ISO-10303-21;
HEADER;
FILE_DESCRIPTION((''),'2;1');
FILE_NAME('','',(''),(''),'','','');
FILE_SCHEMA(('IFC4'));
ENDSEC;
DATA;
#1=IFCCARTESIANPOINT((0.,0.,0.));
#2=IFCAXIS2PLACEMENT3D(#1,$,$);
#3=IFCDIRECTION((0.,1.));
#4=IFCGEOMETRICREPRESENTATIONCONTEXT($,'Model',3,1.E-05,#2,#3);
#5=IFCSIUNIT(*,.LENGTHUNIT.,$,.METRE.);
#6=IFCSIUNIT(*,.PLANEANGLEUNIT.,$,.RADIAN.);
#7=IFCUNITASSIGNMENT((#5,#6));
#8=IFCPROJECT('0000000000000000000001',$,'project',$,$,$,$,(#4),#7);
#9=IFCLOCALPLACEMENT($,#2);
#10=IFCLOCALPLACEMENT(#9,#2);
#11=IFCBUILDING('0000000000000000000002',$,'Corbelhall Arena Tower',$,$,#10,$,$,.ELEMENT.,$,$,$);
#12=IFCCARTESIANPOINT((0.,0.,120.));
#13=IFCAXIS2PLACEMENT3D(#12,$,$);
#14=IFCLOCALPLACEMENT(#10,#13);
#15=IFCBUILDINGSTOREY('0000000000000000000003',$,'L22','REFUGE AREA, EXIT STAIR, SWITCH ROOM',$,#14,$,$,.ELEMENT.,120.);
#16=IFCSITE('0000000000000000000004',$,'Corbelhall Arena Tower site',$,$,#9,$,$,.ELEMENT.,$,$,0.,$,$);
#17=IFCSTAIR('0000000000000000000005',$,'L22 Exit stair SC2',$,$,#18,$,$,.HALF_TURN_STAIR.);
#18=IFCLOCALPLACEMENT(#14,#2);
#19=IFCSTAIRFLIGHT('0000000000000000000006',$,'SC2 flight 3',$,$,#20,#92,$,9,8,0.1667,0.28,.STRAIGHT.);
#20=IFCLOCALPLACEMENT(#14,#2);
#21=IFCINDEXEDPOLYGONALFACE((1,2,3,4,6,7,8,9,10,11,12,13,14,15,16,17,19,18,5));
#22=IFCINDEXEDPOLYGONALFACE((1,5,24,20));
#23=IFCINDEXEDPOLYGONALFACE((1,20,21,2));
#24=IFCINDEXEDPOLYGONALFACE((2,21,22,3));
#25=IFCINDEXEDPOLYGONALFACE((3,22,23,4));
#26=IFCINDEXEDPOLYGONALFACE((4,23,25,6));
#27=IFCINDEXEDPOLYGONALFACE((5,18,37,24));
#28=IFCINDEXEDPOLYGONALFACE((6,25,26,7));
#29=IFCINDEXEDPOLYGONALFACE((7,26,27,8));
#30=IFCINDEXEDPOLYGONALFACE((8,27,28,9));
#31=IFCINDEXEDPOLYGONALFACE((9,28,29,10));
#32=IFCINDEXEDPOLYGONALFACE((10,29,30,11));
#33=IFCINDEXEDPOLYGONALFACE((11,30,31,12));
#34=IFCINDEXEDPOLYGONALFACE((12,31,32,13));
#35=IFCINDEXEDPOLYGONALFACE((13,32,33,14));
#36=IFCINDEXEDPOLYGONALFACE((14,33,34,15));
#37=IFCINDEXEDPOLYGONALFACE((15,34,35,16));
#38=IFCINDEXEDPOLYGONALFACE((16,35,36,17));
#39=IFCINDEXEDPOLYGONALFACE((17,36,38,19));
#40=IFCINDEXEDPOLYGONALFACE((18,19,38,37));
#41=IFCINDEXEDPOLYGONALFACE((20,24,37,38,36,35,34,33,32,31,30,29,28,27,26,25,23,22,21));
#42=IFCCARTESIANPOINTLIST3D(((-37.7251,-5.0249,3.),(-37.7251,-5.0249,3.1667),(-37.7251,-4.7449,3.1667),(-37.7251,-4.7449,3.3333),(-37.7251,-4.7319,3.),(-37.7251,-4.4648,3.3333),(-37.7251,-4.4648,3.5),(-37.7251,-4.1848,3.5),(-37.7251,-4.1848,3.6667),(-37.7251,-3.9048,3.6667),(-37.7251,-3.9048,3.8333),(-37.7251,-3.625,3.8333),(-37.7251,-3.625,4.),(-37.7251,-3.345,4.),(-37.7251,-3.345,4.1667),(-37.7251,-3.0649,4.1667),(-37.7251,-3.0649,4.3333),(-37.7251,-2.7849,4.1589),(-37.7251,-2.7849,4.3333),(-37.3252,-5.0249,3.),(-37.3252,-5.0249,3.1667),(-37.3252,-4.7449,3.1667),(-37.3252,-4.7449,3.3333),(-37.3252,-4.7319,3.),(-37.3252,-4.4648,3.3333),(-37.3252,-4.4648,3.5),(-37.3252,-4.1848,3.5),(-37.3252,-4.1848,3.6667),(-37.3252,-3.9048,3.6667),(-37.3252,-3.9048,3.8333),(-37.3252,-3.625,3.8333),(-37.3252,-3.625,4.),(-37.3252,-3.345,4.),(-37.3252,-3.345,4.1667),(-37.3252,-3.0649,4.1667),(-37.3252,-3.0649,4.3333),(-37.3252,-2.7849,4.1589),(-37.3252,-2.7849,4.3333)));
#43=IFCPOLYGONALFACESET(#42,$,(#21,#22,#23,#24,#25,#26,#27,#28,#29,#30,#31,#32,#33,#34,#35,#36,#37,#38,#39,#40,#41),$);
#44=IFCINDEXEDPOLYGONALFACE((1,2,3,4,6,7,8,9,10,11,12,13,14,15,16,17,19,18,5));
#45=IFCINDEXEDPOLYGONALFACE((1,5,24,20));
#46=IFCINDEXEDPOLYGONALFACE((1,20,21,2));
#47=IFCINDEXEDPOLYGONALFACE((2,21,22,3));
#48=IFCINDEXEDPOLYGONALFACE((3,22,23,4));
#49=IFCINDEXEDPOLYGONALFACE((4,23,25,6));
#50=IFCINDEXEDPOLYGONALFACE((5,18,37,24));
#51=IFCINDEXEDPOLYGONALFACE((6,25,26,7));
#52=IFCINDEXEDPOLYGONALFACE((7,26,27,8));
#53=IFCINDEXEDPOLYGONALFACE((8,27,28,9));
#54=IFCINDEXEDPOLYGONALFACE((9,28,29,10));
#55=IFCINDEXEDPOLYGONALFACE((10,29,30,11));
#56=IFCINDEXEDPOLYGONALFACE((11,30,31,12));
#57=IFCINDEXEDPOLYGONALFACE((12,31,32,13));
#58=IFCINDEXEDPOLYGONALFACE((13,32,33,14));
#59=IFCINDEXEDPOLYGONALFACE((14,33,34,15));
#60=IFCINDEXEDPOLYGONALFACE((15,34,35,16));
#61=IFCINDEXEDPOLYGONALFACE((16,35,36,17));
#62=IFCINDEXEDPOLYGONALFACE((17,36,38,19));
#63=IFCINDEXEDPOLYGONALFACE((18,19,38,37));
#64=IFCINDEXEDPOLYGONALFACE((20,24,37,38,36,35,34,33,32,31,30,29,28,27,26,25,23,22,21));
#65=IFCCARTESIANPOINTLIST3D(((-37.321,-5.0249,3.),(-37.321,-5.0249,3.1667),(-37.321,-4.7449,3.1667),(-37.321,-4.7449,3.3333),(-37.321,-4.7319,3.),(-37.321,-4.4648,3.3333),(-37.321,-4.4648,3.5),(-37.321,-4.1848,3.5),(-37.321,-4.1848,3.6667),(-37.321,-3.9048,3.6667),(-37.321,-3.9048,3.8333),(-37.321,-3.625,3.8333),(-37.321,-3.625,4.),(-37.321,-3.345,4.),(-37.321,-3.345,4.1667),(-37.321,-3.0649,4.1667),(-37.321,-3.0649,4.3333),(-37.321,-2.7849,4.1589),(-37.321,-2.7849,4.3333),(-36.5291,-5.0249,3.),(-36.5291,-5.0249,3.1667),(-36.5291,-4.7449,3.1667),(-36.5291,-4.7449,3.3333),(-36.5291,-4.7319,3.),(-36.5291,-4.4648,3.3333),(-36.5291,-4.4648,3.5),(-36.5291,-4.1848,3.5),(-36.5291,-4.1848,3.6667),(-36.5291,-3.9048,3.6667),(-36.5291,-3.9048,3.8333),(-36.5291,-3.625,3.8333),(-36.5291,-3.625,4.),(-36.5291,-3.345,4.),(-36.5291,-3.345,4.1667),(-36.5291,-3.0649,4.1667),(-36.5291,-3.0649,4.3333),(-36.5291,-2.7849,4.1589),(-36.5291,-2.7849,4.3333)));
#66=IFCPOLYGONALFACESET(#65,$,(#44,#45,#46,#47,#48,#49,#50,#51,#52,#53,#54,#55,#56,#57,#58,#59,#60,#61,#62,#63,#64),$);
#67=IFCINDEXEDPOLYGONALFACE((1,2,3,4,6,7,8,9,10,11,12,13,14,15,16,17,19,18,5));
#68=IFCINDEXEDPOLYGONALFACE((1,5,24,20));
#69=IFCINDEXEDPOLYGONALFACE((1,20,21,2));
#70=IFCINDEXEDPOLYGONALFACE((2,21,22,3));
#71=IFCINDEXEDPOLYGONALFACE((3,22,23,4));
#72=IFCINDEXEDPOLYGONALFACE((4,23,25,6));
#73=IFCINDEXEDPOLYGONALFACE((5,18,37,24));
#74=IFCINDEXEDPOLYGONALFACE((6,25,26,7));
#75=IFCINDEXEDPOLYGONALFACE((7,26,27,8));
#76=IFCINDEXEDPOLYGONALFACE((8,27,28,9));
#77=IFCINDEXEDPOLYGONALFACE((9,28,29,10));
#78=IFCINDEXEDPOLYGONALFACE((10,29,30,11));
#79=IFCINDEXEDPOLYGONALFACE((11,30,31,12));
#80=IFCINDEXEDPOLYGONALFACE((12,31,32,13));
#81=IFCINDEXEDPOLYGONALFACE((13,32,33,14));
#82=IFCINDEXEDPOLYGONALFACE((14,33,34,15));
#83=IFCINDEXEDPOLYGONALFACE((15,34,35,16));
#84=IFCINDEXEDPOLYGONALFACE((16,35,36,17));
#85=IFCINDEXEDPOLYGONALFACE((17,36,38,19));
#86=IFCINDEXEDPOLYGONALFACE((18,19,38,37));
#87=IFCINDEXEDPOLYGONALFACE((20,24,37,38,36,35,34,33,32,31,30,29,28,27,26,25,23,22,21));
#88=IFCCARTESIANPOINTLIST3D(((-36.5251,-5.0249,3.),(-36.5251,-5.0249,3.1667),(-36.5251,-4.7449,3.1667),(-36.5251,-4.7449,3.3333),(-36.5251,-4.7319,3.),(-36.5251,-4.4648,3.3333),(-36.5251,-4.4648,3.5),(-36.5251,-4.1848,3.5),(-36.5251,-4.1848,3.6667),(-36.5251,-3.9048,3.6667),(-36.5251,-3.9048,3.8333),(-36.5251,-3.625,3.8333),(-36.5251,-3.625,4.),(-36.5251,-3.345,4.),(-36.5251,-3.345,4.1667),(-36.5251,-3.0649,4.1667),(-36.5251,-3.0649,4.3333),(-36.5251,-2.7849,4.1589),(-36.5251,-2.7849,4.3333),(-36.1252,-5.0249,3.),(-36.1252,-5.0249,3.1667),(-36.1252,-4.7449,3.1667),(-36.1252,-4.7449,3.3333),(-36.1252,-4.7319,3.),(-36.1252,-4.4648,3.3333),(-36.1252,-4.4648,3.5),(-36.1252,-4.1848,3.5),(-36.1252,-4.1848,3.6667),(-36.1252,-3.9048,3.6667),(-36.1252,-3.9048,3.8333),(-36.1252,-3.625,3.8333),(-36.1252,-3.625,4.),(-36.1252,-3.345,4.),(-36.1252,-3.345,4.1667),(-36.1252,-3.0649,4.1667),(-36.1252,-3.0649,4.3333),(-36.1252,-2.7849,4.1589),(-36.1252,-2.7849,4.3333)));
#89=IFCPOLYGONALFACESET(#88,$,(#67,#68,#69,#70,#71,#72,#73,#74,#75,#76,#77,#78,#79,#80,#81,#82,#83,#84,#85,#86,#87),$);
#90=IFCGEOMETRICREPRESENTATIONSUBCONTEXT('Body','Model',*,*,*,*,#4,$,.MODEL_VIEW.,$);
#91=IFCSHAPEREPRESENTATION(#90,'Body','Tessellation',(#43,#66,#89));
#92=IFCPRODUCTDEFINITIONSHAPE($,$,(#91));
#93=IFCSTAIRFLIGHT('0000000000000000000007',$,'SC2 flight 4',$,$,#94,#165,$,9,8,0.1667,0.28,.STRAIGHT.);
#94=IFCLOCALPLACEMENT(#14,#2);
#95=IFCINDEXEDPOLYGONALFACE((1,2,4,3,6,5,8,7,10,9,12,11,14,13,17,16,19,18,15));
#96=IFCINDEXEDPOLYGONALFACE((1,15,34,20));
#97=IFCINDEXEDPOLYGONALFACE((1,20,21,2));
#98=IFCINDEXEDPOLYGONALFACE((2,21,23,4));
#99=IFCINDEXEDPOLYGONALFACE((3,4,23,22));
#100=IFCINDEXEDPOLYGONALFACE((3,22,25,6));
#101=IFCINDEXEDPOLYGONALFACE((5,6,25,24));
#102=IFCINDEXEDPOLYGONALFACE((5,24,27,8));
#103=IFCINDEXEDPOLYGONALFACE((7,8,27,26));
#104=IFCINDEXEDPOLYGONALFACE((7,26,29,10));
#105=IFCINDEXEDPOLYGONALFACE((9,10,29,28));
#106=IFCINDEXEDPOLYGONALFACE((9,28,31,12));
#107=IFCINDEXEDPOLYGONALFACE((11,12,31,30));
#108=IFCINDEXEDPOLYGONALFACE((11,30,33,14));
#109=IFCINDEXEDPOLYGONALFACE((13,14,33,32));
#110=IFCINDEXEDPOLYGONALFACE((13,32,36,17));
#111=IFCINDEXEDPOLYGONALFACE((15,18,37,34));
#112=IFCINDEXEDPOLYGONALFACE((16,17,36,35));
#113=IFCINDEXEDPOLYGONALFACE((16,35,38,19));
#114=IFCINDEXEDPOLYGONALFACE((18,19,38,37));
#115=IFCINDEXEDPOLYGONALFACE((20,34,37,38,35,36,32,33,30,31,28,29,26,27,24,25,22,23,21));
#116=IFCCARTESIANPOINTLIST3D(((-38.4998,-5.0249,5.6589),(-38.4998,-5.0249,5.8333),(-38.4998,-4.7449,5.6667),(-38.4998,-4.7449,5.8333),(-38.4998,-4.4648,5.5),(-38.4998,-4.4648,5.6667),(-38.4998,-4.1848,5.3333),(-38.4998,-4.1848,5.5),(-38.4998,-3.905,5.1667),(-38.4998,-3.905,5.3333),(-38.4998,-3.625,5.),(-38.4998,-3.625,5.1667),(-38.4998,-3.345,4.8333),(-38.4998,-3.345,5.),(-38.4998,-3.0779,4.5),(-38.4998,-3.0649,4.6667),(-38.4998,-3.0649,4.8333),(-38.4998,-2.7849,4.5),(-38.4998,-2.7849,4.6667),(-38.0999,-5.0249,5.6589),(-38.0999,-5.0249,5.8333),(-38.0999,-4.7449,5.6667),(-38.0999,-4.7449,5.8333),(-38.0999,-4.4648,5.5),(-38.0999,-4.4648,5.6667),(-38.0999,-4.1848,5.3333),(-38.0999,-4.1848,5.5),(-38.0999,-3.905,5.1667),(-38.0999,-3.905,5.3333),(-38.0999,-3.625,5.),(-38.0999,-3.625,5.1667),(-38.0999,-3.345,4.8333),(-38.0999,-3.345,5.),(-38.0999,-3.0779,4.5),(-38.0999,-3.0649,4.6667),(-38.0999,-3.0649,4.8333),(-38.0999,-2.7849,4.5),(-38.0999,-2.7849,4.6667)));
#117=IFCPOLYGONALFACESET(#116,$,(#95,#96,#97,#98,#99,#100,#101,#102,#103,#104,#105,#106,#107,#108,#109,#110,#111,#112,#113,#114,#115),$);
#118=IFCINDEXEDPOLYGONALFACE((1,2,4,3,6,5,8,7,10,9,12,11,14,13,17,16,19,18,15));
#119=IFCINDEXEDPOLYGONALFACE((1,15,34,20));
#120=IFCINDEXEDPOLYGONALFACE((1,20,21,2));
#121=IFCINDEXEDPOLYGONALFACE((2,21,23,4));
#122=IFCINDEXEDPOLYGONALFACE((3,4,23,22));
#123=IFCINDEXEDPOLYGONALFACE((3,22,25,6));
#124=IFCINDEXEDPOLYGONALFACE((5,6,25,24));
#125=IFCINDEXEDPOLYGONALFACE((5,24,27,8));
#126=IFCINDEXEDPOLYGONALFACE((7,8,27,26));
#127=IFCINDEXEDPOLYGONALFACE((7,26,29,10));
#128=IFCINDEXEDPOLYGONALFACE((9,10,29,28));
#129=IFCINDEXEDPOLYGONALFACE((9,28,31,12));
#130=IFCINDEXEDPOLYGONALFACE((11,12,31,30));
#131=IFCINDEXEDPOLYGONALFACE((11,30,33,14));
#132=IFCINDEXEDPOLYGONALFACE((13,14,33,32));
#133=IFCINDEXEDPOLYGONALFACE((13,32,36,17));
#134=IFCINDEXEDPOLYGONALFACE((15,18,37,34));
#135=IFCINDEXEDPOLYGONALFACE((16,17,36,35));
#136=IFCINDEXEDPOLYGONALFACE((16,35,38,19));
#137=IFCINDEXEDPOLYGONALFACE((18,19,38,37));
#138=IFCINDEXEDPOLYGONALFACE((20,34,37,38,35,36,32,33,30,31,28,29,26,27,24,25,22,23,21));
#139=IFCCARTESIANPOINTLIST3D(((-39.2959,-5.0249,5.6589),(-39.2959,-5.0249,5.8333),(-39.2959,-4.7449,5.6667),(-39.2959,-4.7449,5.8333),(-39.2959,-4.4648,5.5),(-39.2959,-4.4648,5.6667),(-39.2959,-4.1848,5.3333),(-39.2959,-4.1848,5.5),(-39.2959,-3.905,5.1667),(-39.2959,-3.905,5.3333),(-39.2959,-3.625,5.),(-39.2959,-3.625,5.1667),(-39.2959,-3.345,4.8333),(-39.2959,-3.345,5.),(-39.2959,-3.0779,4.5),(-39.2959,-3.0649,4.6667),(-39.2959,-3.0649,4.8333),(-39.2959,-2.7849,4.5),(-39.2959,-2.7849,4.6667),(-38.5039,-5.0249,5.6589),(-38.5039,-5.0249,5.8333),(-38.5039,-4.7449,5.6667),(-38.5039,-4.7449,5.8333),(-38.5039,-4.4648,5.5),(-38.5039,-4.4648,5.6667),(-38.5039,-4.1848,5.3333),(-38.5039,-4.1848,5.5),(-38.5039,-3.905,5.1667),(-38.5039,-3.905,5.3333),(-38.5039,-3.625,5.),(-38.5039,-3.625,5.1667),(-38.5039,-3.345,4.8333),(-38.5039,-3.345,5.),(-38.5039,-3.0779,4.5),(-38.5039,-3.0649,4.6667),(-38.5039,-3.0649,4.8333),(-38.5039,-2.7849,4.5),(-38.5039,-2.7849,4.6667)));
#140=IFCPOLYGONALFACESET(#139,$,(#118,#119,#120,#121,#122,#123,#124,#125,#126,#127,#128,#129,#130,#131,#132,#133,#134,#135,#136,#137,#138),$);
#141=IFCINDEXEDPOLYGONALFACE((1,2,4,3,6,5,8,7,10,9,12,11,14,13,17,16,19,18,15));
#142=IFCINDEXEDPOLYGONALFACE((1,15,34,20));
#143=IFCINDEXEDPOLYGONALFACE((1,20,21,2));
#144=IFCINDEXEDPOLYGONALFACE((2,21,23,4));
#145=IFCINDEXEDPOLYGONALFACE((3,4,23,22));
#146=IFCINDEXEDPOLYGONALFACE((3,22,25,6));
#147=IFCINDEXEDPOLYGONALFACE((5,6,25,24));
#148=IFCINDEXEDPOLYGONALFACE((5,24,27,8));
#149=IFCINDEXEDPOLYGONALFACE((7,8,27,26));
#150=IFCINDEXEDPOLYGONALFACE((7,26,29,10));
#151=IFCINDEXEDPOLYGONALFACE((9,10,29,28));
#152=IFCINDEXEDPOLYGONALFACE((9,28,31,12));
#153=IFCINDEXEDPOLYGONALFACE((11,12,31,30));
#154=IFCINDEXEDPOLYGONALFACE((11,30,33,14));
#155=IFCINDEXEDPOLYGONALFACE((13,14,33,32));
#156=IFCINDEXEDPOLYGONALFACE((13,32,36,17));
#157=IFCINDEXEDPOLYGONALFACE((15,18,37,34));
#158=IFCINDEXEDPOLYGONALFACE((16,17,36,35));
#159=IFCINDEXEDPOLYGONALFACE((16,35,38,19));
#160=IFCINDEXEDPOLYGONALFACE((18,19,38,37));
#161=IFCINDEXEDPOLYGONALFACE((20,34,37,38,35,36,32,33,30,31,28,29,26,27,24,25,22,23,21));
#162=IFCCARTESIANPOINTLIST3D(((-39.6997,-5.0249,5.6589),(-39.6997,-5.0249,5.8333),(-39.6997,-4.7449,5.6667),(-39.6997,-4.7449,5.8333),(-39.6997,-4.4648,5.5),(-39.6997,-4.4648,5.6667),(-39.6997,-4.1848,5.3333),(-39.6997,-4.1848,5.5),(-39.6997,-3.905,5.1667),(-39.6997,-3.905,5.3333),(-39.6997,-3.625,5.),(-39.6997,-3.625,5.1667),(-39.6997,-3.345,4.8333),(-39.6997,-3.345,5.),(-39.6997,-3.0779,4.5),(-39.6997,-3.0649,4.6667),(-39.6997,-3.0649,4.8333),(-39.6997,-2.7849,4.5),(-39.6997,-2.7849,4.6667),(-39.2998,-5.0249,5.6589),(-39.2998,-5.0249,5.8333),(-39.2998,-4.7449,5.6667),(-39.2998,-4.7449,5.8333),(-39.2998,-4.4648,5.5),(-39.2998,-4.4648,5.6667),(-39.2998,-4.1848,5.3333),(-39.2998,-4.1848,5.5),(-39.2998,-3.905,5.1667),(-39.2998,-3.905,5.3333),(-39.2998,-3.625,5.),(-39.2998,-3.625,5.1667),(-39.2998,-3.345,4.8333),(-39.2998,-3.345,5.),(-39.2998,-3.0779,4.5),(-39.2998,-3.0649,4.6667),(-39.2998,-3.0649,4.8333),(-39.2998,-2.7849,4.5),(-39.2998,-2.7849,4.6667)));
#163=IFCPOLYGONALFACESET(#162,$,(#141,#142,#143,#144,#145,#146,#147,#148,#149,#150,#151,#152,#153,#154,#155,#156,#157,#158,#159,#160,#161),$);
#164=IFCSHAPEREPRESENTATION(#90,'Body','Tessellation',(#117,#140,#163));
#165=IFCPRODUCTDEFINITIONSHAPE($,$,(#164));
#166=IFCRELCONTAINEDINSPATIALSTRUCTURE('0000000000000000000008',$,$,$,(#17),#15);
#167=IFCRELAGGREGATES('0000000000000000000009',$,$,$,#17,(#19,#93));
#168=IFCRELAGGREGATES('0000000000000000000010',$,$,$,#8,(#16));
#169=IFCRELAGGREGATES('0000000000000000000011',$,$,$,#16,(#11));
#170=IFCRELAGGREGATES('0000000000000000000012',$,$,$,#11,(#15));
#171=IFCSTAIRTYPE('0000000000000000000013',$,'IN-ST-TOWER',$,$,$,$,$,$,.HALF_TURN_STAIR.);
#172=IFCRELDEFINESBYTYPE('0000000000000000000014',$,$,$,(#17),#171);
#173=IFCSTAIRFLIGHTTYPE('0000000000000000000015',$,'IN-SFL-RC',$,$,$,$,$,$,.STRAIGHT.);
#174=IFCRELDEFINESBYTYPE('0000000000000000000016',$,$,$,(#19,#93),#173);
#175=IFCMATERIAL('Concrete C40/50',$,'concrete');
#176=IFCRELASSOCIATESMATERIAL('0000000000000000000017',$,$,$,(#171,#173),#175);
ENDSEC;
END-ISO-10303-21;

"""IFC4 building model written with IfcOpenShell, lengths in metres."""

from ifc_helpers import new_model, si_unit, direction, frame, origin, place, context, subcontext, project, spatial, polyline, outline, extrude, material, type_object, element, aggregate, save


model = new_model("IFC4")

# Units and contexts
model_context = context("Model", 3, precision=1e-05, world=origin(), true_north=direction((0.0, 1.0)))
body_context = subcontext(model_context, "Body", "Model", "MODEL_VIEW")
ifc_project = project(units=[si_unit("LENGTHUNIT", "METRE"), si_unit("PLANEANGLEUNIT", "RADIAN")], contexts=[model_context])

# Site, building, storey
site_placement = place(None, origin())
site = spatial("IfcSite", under=ifc_project, at=site_placement, Name="Corbelhall Arena Tower site", CompositionType="ELEMENT", RefElevation=0.0)
building_placement = place(site_placement, origin())
building = spatial("IfcBuilding", under=site, at=building_placement, Name="Corbelhall Arena Tower", CompositionType="ELEMENT")
storey_placement = place(building_placement, frame((0.0, 0.0, 120.0)))
storey = spatial("IfcBuildingStorey", under=building, at=storey_placement, Name="L22", Description="REFUGE AREA, EXIT STAIR, SWITCH ROOM", CompositionType="ELEMENT", Elevation=120.0)

# Shared definitions
ifc_material_1 = material(Name="Concrete C40/50", Category="concrete")

# Stair, stair flights
stair_type = type_object("IfcStairType", Name="IN-ST-TOWER", PredefinedType="HALF_TURN_STAIR", material=ifc_material_1)
stair_placement = place(storey_placement, origin())
stair = element("IfcStair", 1, at=stair_placement, inside=storey, type_object=stair_type, Name="L22 Exit stair SC2", PredefinedType="HALF_TURN_STAIR")
stair_flight_type = type_object("IfcStairFlightType", Name="IN-SFL-RC", PredefinedType="STRAIGHT", material=ifc_material_1)
stair_flight_1_placement = place(storey_placement, frame((-36.925, -5.0249, 3.0), z_axis=(0.0, 0.0, 1.0), x_axis=(0.0, 1.0, 0.0)))
stair_flight_1 = element("IfcStairFlight", 2, at=stair_flight_1_placement, type_object=stair_flight_type, Name="SC2 flight 3", NumberOfRisers=9, NumberOfTreads=8, PredefinedType="STRAIGHT", RiserHeight=0.1667, TreadLength=0.28, context=body_context, shape_type="SweptSolid", body=[
    extrude(outline(polyline([(0.0, 0.0), (0.0, 0.1667), (0.28, 0.1667), (0.28, 0.3333), (0.5601, 0.3333), (0.5601, 0.5), (0.8401, 0.5), (0.8401, 0.6667), (1.1201, 0.6667), (1.1201, 0.8333), (1.3999, 0.8333), (1.3999, 1.0), (1.6799, 1.0), (1.6799, 1.1667), (1.96, 1.1667), (1.96, 1.3333), (2.24, 1.3333), (2.24, 1.5), (2.24, 1.1589), (0.293, 0.0), (0.0, 0.0)])), frame((0.0, 0.8, 0.0), z_axis=(0.0, -1.0, 0.0), x_axis=(1.0, 0.0, 0.0)), (0.0, 0.0, 1.0), 0.3999),
    extrude(outline(polyline([(0.0, 0.0), (0.0, 0.1667), (0.28, 0.1667), (0.28, 0.3333), (0.5601, 0.3333), (0.5601, 0.5), (0.8401, 0.5), (0.8401, 0.6667), (1.1201, 0.6667), (1.1201, 0.8333), (1.3999, 0.8333), (1.3999, 1.0), (1.6799, 1.0), (1.6799, 1.1667), (1.96, 1.1667), (1.96, 1.3333), (2.24, 1.3333), (2.24, 1.5), (2.24, 1.1589), (0.293, 0.0), (0.0, 0.0)])), frame((0.0, 0.396, 0.0), z_axis=(0.0, -1.0, 0.0), x_axis=(1.0, 0.0, 0.0)), (0.0, 0.0, 1.0), 0.792),
    extrude(outline(polyline([(0.0, 0.0), (0.0, 0.1667), (0.28, 0.1667), (0.28, 0.3333), (0.5601, 0.3333), (0.5601, 0.5), (0.8401, 0.5), (0.8401, 0.6667), (1.1201, 0.6667), (1.1201, 0.8333), (1.3999, 0.8333), (1.3999, 1.0), (1.6799, 1.0), (1.6799, 1.1667), (1.96, 1.1667), (1.96, 1.3333), (2.24, 1.3333), (2.24, 1.5), (2.24, 1.1589), (0.293, 0.0), (0.0, 0.0)])), frame((0.0, -0.3999, 0.0), z_axis=(0.0, -1.0, 0.0), x_axis=(1.0, 0.0, 0.0)), (0.0, 0.0, 1.0), 0.3999),
])
stair_flight_2_placement = place(storey_placement, frame((-38.8999, -2.7849, 4.5), z_axis=(0.0, 0.0, 1.0), x_axis=(0.0, -1.0, 0.0)))
stair_flight_2 = element("IfcStairFlight", 3, at=stair_flight_2_placement, type_object=stair_flight_type, Name="SC2 flight 4", NumberOfRisers=9, NumberOfTreads=8, PredefinedType="STRAIGHT", RiserHeight=0.1667, TreadLength=0.28, context=body_context, shape_type="SweptSolid", body=[
    extrude(outline(polyline([(0.0, 0.0), (0.0, 0.1667), (0.28, 0.1667), (0.28, 0.3333), (0.5601, 0.3333), (0.5601, 0.5), (0.8401, 0.5), (0.8401, 0.6667), (1.1201, 0.6667), (1.1201, 0.8333), (1.3999, 0.8333), (1.3999, 1.0), (1.6799, 1.0), (1.6799, 1.1667), (1.96, 1.1667), (1.96, 1.3333), (2.24, 1.3333), (2.24, 1.5), (2.24, 1.1589), (0.293, 0.0), (0.0, 0.0)])), frame((0.0, 0.8, 0.0), z_axis=(0.0, -1.0, 0.0), x_axis=(1.0, 0.0, 0.0)), (0.0, 0.0, 1.0), 0.3999),
    extrude(outline(polyline([(0.0, 0.0), (0.0, 0.1667), (0.28, 0.1667), (0.28, 0.3333), (0.5601, 0.3333), (0.5601, 0.5), (0.8401, 0.5), (0.8401, 0.6667), (1.1201, 0.6667), (1.1201, 0.8333), (1.3999, 0.8333), (1.3999, 1.0), (1.6799, 1.0), (1.6799, 1.1667), (1.96, 1.1667), (1.96, 1.3333), (2.24, 1.3333), (2.24, 1.5), (2.24, 1.1589), (0.293, 0.0), (0.0, 0.0)])), frame((0.0, 0.396, 0.0), z_axis=(0.0, -1.0, 0.0), x_axis=(1.0, 0.0, 0.0)), (0.0, 0.0, 1.0), 0.792),
    extrude(outline(polyline([(0.0, 0.0), (0.0, 0.1667), (0.28, 0.1667), (0.28, 0.3333), (0.5601, 0.3333), (0.5601, 0.5), (0.8401, 0.5), (0.8401, 0.6667), (1.1201, 0.6667), (1.1201, 0.8333), (1.3999, 0.8333), (1.3999, 1.0), (1.6799, 1.0), (1.6799, 1.1667), (1.96, 1.1667), (1.96, 1.3333), (2.24, 1.3333), (2.24, 1.5), (2.24, 1.1589), (0.293, 0.0), (0.0, 0.0)])), frame((0.0, -0.3999, 0.0), z_axis=(0.0, -1.0, 0.0), x_axis=(1.0, 0.0, 0.0)), (0.0, 0.0, 1.0), 0.3999),
])
aggregate(stair, [stair_flight_1, stair_flight_2])

save(model, "model.ifc")
